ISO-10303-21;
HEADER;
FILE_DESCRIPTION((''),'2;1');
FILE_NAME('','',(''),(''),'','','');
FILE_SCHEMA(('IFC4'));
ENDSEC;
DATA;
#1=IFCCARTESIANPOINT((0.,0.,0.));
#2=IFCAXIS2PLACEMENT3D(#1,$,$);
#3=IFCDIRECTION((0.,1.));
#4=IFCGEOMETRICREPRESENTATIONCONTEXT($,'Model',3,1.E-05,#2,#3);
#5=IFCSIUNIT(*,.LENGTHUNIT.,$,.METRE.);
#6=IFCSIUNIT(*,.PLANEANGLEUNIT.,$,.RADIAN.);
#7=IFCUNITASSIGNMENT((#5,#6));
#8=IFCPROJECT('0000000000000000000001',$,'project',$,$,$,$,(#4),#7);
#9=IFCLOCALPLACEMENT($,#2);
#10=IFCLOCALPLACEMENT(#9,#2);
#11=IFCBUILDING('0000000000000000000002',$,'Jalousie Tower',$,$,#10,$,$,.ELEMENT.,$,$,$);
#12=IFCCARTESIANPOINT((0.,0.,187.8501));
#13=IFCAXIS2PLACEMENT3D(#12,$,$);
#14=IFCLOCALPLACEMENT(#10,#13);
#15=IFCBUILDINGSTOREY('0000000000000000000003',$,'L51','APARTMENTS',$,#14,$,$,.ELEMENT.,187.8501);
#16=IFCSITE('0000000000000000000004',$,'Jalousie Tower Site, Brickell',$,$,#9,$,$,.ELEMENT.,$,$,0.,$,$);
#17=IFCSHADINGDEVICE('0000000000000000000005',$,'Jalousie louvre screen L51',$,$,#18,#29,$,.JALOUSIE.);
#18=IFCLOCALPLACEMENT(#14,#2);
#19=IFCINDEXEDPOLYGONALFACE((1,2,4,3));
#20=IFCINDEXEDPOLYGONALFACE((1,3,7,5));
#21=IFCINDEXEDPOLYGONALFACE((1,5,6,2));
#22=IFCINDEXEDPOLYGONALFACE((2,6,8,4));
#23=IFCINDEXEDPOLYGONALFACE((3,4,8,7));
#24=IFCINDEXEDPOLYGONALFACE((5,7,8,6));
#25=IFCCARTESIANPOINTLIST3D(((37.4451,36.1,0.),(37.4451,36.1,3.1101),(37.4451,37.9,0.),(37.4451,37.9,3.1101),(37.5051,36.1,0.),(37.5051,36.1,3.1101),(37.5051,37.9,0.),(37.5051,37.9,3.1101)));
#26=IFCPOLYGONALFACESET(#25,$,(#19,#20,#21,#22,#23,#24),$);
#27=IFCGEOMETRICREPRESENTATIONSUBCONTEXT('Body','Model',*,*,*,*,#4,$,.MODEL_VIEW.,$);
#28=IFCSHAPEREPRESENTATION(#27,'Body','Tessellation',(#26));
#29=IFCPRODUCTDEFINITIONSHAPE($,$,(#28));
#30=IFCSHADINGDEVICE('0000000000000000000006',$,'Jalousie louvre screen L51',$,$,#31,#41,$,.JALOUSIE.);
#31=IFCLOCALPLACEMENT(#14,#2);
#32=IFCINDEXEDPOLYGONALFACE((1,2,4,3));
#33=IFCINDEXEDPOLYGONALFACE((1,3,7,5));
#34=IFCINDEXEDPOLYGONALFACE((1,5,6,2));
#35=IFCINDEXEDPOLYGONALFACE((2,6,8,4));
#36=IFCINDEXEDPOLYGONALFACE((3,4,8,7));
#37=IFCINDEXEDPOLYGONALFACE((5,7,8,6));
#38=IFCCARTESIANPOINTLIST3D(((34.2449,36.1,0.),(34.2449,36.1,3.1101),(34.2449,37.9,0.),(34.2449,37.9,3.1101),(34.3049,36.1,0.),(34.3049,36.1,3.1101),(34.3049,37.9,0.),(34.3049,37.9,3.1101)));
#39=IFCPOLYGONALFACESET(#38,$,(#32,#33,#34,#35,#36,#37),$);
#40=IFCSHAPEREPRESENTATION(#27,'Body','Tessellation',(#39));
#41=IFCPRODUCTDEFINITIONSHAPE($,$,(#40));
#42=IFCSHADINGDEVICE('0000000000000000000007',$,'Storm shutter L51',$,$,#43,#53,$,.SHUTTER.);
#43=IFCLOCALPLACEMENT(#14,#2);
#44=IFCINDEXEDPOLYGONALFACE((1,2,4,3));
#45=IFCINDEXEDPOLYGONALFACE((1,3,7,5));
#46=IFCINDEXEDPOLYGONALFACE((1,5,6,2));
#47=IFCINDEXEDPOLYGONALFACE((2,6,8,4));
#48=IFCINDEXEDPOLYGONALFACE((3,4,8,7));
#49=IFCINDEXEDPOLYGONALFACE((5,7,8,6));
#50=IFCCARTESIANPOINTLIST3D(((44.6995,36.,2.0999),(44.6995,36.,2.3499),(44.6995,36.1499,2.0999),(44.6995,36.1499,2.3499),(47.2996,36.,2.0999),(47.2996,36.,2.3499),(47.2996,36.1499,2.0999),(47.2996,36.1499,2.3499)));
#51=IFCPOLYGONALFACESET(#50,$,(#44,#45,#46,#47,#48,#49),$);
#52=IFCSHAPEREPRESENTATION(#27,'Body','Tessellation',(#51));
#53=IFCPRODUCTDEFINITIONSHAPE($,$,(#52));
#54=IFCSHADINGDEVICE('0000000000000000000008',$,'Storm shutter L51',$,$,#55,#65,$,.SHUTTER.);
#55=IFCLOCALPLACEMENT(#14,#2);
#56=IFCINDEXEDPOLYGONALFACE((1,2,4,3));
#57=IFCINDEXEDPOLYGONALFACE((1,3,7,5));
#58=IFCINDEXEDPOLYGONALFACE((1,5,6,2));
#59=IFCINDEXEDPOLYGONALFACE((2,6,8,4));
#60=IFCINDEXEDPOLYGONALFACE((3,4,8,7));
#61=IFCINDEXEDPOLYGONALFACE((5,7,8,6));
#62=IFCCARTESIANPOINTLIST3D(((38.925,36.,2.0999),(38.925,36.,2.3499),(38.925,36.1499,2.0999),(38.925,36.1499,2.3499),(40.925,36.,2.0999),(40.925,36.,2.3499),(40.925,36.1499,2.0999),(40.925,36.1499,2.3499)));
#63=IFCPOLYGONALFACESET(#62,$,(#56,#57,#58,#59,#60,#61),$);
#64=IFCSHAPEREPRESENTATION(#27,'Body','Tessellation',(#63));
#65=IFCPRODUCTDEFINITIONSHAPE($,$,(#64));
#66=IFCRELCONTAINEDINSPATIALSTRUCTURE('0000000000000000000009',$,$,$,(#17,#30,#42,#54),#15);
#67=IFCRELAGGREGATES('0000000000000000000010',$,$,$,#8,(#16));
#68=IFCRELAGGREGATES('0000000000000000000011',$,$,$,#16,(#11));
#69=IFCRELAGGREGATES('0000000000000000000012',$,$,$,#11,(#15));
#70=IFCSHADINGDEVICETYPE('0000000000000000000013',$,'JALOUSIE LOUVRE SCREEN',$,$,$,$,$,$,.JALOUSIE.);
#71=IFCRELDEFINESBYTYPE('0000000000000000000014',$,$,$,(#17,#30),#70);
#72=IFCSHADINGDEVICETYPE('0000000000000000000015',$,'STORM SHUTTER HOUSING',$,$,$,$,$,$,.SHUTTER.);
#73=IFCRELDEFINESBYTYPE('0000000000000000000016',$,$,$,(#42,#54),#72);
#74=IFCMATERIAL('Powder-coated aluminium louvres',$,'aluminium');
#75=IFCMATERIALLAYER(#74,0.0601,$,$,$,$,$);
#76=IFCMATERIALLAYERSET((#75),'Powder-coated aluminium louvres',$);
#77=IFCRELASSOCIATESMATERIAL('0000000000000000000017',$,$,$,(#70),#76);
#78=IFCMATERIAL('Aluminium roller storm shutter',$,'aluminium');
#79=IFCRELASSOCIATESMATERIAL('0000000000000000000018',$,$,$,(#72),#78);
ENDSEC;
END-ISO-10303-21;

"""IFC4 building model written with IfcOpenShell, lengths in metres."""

from ifc_helpers import new_model, si_unit, direction, frame, origin, origin_2d, place, context, subcontext, project, spatial, rectangle, extrude, material, layer, layer_set, type_object, element, save


model = new_model("IFC4")

# Units and contexts
model_context = context("Model", 3, precision=1e-05, world=origin(), true_north=direction((0.0, 1.0)))
body_context = subcontext(model_context, "Body", "Model", "MODEL_VIEW")
ifc_project = project(units=[si_unit("LENGTHUNIT", "METRE"), si_unit("PLANEANGLEUNIT", "RADIAN")], contexts=[model_context])

# Site, building, storey
site_placement = place(None, origin())
site = spatial("IfcSite", under=ifc_project, at=site_placement, Name="Jalousie Tower Site, Brickell", CompositionType="ELEMENT", RefElevation=0.0)
building_placement = place(site_placement, origin())
building = spatial("IfcBuilding", under=site, at=building_placement, Name="Jalousie Tower", CompositionType="ELEMENT")
storey_placement = place(building_placement, frame((0.0, 0.0, 187.8501)))
storey = spatial("IfcBuildingStorey", under=building, at=storey_placement, Name="L51", Description="APARTMENTS", CompositionType="ELEMENT", Elevation=187.8501)

# Shading devices
ifc_material_1 = material(Name="Powder-coated aluminium louvres", Category="aluminium")
ifc_layer_1 = layer(ifc_material_1, 0.0601)
ifc_layer_set_1 = layer_set([ifc_layer_1], Name="Powder-coated aluminium louvres")
shading_device_type_1 = type_object("IfcShadingDeviceType", Name="JALOUSIE LOUVRE SCREEN", PredefinedType="JALOUSIE", material=ifc_layer_set_1)
for number, where, z_axis, x_axis, name in (
    (1, (37.4751, 37.0, 0.0), (0.0, 0.0, 1.0), (-1.0, 0.0, 0.0), "Jalousie louvre screen L51"),
    (2, (34.2749, 37.0, 0.0), (0.0, 0.0, 1.0), (-1.0, 0.0, 0.0), "Jalousie louvre screen L51"),
):
    element("IfcShadingDevice", number, at=place(storey_placement, frame(where, z_axis=z_axis, x_axis=x_axis)), inside=storey, type_object=shading_device_type_1, Name=name, PredefinedType="JALOUSIE", context=body_context, shape_type="SweptSolid", body=[
        extrude(rectangle(XDim=0.0601, YDim=1.8, at=origin_2d()), origin(), (0.0, 0.0, 1.0), 3.1101),
    ])
ifc_material_2 = material(Name="Aluminium roller storm shutter", Category="aluminium")
shading_device_type_2 = type_object("IfcShadingDeviceType", Name="STORM SHUTTER HOUSING", PredefinedType="SHUTTER", material=ifc_material_2)
shading_device_1_placement = place(storey_placement, frame((45.9995, 36.075, 2.0999), z_axis=(0.0, 0.0, 1.0), x_axis=(-1.0, 0.0, 0.0)))
element("IfcShadingDevice", 3, at=shading_device_1_placement, inside=storey, type_object=shading_device_type_2, Name="Storm shutter L51", PredefinedType="SHUTTER", context=body_context, shape_type="SweptSolid", body=[
    extrude(rectangle(XDim=2.6001, YDim=0.1499, at=origin_2d()), origin(), (0.0, 0.0, 1.0), 0.25),
])
shading_device_2_placement = place(storey_placement, frame((39.925, 36.075, 2.0999), z_axis=(0.0, 0.0, 1.0), x_axis=(-1.0, 0.0, 0.0)))
element("IfcShadingDevice", 4, at=shading_device_2_placement, inside=storey, type_object=shading_device_type_2, Name="Storm shutter L51", PredefinedType="SHUTTER", context=body_context, shape_type="SweptSolid", body=[
    extrude(rectangle(XDim=2.0, YDim=0.1499, at=origin_2d()), origin(), (0.0, 0.0, 1.0), 0.25),
])

save(model, "model.ifc")
